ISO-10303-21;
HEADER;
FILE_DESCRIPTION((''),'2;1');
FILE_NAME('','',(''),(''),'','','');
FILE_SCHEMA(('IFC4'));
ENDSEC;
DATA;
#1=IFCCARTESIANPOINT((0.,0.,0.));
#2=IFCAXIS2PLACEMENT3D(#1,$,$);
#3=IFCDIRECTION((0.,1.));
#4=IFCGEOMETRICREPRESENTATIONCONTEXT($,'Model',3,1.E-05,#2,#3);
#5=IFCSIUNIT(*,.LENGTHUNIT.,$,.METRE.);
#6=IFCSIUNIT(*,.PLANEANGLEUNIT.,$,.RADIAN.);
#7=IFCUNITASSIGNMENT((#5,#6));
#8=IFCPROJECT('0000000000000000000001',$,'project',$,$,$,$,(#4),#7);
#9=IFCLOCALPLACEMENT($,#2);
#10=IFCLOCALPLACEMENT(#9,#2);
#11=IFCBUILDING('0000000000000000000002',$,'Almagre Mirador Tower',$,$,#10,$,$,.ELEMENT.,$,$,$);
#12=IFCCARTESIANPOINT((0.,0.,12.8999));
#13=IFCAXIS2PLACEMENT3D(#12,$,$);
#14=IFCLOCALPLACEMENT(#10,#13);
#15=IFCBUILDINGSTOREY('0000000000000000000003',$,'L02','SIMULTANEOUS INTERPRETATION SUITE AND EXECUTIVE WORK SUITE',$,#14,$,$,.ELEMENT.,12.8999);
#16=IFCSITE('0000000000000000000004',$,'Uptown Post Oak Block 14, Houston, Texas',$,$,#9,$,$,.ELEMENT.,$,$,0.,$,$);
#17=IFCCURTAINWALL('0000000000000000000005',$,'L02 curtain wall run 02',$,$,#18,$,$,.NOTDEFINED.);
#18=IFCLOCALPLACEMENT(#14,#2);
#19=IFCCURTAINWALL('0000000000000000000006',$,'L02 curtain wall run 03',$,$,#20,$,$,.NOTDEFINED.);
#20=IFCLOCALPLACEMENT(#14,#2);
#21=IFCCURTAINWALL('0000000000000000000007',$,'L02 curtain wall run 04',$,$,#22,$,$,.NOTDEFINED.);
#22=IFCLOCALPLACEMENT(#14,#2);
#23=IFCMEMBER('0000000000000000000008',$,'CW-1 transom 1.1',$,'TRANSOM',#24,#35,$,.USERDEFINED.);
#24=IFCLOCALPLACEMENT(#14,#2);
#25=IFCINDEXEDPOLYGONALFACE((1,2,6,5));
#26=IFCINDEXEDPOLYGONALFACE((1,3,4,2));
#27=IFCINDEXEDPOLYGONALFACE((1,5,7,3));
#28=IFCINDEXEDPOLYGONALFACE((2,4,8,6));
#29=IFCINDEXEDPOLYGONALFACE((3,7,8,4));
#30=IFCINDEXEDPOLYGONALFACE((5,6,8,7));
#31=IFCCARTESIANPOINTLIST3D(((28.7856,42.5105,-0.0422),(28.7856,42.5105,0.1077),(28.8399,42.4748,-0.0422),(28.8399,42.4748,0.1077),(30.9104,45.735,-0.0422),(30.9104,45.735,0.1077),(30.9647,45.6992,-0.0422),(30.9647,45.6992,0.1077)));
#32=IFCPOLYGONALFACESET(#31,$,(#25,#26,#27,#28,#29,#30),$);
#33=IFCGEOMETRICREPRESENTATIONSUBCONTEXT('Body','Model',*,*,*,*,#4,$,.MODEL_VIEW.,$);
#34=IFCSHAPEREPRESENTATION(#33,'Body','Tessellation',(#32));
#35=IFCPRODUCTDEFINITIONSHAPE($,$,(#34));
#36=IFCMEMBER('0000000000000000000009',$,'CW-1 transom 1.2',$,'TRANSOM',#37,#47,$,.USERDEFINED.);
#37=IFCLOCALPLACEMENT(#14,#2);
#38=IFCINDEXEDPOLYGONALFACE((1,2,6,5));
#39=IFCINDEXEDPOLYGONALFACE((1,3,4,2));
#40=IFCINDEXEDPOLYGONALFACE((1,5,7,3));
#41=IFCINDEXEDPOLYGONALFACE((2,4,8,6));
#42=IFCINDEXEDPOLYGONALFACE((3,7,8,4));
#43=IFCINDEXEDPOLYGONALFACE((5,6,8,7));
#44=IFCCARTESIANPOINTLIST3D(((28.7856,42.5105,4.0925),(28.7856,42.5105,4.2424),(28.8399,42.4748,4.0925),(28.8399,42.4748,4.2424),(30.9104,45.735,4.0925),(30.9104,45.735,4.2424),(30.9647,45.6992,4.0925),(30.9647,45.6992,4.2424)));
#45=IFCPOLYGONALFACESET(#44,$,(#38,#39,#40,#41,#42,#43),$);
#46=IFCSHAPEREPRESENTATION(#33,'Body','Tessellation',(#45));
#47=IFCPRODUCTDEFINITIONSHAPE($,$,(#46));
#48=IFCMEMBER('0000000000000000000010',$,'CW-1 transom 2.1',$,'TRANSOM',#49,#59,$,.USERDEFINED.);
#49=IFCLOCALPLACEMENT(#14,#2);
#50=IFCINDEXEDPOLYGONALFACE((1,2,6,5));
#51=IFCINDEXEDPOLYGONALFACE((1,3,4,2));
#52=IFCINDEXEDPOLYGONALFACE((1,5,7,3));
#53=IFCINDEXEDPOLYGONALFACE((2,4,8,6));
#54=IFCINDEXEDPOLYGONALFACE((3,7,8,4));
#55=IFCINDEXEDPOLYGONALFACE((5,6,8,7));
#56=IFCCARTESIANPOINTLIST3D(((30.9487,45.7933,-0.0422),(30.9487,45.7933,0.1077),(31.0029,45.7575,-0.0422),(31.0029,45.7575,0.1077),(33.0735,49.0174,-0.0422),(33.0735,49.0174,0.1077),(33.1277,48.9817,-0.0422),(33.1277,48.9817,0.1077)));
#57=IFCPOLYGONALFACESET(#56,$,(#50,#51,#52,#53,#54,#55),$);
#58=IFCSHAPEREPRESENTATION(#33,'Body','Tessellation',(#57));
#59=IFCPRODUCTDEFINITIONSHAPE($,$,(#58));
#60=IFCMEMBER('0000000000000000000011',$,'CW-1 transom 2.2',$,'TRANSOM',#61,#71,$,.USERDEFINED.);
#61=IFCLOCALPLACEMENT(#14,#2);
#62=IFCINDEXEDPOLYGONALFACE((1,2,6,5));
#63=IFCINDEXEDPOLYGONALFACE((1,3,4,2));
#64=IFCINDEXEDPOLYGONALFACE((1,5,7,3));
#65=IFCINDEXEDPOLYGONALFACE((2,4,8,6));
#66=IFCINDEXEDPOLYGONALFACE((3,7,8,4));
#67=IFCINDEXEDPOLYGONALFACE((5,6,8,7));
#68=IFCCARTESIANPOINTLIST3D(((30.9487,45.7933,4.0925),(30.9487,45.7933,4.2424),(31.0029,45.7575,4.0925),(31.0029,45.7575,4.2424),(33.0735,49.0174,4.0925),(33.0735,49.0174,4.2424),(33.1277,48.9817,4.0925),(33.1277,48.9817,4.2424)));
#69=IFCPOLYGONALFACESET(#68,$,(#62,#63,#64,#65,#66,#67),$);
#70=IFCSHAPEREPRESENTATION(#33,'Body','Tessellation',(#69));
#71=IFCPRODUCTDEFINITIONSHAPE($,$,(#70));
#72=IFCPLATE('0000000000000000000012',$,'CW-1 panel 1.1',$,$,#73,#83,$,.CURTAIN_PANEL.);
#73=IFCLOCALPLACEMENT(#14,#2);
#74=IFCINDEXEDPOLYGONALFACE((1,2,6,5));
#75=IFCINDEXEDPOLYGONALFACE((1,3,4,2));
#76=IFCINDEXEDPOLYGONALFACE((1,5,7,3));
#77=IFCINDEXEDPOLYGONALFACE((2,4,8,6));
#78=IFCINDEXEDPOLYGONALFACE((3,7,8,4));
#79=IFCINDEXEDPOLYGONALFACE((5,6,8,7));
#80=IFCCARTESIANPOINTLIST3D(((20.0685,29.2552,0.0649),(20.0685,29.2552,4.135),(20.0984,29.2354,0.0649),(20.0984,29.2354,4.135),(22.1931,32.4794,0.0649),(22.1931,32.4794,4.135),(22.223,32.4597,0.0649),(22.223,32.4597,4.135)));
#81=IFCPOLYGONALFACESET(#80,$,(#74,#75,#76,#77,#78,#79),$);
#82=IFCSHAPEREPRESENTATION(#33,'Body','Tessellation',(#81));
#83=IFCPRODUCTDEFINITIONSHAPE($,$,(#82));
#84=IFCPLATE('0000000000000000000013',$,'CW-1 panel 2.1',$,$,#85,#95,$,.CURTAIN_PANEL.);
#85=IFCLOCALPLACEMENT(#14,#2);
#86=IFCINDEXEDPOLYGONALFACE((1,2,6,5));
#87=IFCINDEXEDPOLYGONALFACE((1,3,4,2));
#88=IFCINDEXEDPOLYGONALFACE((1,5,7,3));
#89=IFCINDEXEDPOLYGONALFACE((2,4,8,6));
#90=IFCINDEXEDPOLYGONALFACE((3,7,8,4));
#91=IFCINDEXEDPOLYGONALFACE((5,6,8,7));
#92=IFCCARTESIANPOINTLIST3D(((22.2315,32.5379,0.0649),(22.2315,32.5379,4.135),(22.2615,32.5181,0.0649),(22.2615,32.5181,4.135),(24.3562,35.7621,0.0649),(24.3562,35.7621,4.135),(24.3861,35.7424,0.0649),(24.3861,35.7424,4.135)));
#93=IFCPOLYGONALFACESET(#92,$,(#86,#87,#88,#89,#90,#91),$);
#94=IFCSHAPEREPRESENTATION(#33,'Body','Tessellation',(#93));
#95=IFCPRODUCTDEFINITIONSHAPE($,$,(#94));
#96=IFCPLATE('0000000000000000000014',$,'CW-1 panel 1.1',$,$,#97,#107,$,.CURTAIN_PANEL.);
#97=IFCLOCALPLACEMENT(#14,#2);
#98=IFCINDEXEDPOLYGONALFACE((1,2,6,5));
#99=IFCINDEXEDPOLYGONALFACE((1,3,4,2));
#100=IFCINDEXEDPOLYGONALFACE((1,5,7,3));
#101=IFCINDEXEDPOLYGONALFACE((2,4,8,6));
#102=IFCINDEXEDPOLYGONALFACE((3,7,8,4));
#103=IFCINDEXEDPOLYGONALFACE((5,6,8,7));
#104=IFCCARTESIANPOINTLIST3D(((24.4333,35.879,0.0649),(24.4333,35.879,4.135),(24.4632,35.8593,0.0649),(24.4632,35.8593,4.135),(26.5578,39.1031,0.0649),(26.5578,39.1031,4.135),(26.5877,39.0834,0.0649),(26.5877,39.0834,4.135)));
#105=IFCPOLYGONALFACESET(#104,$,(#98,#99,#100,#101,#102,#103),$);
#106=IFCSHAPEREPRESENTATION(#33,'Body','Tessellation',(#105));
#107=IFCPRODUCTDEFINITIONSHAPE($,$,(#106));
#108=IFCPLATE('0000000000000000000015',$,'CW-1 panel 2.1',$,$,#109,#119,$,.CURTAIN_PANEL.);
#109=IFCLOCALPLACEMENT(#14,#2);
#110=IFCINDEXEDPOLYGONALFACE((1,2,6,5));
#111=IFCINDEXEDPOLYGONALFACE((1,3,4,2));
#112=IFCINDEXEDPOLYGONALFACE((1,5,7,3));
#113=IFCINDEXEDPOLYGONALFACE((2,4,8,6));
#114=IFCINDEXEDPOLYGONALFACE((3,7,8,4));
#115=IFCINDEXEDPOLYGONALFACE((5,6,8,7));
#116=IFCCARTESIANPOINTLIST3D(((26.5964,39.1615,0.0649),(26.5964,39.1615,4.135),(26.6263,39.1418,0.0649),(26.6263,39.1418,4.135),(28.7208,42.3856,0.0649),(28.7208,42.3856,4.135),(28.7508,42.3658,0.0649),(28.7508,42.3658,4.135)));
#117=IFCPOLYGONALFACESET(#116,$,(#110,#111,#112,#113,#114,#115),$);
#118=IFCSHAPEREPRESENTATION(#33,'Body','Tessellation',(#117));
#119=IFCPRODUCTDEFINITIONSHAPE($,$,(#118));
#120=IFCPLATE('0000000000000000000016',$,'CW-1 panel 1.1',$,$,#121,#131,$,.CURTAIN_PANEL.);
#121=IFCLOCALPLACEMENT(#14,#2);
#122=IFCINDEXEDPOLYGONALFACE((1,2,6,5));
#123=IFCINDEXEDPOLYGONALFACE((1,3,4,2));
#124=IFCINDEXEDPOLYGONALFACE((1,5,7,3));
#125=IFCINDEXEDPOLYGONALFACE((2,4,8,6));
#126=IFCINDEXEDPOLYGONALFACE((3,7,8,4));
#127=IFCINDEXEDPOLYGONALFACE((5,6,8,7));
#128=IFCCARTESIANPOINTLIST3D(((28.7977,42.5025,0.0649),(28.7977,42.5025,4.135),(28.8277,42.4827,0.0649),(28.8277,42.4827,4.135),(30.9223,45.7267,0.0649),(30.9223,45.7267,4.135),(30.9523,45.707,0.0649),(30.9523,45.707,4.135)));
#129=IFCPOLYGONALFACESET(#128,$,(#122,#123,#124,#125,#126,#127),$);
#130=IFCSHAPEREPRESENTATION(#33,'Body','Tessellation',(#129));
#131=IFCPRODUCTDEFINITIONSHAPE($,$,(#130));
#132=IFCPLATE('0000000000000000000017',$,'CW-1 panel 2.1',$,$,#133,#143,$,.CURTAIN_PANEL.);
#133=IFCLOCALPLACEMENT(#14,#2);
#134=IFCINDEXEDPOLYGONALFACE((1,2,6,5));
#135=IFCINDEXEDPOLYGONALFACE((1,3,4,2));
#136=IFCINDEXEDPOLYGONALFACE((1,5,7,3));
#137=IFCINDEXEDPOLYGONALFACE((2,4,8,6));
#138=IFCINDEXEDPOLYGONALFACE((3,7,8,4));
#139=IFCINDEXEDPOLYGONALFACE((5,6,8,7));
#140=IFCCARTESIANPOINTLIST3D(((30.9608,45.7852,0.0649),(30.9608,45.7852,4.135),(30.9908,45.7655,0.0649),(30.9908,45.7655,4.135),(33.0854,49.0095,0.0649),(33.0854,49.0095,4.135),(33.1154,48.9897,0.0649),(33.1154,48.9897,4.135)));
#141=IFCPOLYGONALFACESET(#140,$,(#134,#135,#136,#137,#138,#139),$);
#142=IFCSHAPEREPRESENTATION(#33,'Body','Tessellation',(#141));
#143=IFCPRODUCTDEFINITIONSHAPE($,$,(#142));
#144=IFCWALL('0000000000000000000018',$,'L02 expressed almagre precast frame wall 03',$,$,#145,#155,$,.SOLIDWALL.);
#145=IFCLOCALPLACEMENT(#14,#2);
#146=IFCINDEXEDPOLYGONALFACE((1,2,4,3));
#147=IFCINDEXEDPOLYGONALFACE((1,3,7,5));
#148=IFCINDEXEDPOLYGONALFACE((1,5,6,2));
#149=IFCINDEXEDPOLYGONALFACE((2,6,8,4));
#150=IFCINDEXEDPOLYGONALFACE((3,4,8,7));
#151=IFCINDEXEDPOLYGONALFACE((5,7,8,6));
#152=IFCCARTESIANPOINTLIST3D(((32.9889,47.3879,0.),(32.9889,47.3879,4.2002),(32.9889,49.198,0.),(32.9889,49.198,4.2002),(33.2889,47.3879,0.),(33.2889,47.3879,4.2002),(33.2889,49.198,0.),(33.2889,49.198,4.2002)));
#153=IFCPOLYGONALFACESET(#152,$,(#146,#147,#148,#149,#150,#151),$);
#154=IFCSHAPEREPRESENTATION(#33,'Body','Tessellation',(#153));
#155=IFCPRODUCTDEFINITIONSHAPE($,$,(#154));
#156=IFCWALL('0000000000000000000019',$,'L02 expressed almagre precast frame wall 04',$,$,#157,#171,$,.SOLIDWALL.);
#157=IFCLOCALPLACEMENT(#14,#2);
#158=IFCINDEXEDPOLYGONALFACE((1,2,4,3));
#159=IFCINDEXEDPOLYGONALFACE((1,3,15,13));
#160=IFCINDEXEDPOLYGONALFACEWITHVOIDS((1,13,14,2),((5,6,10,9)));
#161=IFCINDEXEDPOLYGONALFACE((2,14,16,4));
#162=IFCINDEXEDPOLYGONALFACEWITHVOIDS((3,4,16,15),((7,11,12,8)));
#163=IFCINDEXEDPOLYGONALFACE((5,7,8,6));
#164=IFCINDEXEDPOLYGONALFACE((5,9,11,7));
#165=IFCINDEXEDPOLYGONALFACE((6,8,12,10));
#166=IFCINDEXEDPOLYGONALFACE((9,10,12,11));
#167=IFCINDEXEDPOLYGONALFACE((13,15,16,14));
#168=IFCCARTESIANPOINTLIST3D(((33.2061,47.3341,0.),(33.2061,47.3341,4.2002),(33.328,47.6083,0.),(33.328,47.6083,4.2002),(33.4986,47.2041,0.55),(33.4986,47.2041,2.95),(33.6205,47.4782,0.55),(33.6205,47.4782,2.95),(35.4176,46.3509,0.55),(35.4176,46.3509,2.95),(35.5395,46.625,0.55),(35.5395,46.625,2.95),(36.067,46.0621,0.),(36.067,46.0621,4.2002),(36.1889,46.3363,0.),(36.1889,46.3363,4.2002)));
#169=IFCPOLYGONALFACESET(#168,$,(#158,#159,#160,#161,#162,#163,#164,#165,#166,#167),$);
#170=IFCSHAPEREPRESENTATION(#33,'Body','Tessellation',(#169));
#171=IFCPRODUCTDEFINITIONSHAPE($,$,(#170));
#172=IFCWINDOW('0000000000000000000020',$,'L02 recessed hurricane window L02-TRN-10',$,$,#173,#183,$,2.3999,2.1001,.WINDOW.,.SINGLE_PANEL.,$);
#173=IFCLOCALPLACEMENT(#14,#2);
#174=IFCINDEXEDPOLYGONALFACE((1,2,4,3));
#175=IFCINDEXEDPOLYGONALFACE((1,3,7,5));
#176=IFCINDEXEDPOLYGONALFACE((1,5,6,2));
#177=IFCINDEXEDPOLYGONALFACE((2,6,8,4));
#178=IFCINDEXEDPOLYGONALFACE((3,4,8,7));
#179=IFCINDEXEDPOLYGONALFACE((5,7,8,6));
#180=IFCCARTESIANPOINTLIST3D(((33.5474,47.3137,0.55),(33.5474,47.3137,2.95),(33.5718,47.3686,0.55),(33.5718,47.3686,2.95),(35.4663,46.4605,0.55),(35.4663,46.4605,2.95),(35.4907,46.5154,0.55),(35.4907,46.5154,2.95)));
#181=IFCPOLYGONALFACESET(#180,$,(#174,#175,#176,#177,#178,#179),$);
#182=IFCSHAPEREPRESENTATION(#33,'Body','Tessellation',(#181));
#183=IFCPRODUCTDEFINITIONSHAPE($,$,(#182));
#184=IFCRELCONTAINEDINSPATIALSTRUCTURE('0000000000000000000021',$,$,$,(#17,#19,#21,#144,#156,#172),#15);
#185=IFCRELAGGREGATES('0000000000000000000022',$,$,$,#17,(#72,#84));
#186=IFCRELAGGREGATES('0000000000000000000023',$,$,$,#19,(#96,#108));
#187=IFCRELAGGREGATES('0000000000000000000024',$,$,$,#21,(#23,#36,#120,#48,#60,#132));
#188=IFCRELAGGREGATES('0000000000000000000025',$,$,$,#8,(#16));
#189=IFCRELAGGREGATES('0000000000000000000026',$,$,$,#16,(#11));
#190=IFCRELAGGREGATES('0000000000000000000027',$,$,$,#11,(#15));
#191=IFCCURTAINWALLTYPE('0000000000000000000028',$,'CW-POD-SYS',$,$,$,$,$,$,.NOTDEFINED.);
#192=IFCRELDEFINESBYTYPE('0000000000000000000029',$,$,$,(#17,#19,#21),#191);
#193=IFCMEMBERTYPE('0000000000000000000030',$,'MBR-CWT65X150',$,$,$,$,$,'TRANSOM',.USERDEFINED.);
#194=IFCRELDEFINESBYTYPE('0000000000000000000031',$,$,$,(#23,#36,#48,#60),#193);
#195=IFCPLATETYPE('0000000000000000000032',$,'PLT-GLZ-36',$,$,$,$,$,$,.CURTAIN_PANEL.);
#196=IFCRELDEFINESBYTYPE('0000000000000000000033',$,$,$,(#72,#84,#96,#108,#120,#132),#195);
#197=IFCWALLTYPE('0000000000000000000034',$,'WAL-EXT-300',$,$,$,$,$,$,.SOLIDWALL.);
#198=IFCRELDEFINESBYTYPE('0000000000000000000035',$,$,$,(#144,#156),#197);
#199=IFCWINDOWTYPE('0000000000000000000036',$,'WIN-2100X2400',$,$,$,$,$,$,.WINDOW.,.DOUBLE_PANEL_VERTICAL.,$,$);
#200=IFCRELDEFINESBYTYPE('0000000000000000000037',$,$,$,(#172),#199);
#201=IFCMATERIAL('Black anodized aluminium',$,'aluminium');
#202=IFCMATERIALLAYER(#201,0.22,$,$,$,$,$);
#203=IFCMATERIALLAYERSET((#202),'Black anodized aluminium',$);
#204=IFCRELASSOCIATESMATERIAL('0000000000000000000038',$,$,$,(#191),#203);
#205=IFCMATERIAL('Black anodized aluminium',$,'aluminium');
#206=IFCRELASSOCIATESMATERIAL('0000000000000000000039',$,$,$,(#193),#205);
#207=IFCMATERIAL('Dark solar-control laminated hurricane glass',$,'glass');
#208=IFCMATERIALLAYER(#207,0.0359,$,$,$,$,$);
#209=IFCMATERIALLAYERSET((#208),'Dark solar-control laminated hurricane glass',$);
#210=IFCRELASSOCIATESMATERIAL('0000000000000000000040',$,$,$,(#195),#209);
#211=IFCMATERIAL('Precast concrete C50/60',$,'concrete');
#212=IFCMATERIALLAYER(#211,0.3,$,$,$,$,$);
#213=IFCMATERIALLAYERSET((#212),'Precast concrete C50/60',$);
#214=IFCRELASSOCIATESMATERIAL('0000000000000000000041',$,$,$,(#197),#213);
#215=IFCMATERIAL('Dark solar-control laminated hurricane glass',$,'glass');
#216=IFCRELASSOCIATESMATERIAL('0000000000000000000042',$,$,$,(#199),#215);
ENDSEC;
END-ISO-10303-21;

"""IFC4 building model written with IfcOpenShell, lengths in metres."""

from ifc_helpers import new_model, si_unit, direction, frame, frame_2d, origin, origin_2d, place, context, subcontext, project, spatial, rectangle, extrude, material, layer, layer_set, material_profile, profile_set, type_object, element, fill, aggregate, save


model = new_model("IFC4")

# Units and contexts
model_context = context("Model", 3, precision=1e-05, world=origin(), true_north=direction((0.0, 1.0)))
body_context = subcontext(model_context, "Body", "Model", "MODEL_VIEW")
ifc_project = project(units=[si_unit("LENGTHUNIT", "METRE"), si_unit("PLANEANGLEUNIT", "RADIAN")], contexts=[model_context])

# Site, building, storey
site_placement = place(None, origin())
site = spatial("IfcSite", under=ifc_project, at=site_placement, Name="Uptown Post Oak Block 14, Houston, Texas", CompositionType="ELEMENT", RefElevation=0.0)
building_placement = place(site_placement, origin())
building = spatial("IfcBuilding", under=site, at=building_placement, Name="Almagre Mirador Tower", CompositionType="ELEMENT")
storey_placement = place(building_placement, frame((0.0, 0.0, 12.8999)))
storey = spatial("IfcBuildingStorey", under=building, at=storey_placement, Name="L02", Description="SIMULTANEOUS INTERPRETATION SUITE AND EXECUTIVE WORK SUITE", CompositionType="ELEMENT", Elevation=12.8999)

# Curtain walls
ifc_material_1 = material(Name="Black anodized aluminium", Category="aluminium")
ifc_layer_1 = layer(ifc_material_1, 0.22)
ifc_layer_set_1 = layer_set([ifc_layer_1], Name="Black anodized aluminium")
curtain_wall_type = type_object("IfcCurtainWallType", Name="CW-POD-SYS", PredefinedType="NOTDEFINED", material=ifc_layer_set_1)
curtain_wall_1_placement = place(storey_placement, origin())
curtain_wall_1 = element("IfcCurtainWall", 1, at=curtain_wall_1_placement, inside=storey, type_object=curtain_wall_type, Name="L02 curtain wall run 02", PredefinedType="NOTDEFINED")
curtain_wall_2_placement = place(storey_placement, origin())
curtain_wall_2 = element("IfcCurtainWall", 2, at=curtain_wall_2_placement, inside=storey, type_object=curtain_wall_type, Name="L02 curtain wall run 03", PredefinedType="NOTDEFINED")
curtain_wall_3_placement = place(storey_placement, origin())
curtain_wall_3 = element("IfcCurtainWall", 3, at=curtain_wall_3_placement, inside=storey, type_object=curtain_wall_type, Name="L02 curtain wall run 04", PredefinedType="NOTDEFINED")

# Members
ifc_material_2 = material(Name="Black anodized aluminium", Category="aluminium")
ifc_material_profile_1 = material_profile(ifc_material_2, rectangle(XDim=0.0649, YDim=0.1499, at=origin_2d()), Name="CWT65X150")
ifc_profile_set_1 = profile_set([ifc_material_profile_1], Name="Black anodized aluminium")
member_type_1 = type_object("IfcMemberType", Name="MBR-CWT65X150", ElementType="TRANSOM", PredefinedType="USERDEFINED", material=ifc_profile_set_1)
member_1_placement = place(storey_placement, frame((28.8127, 42.4927, 0.0327), z_axis=(0.550242, 0.835005, 0.0), x_axis=(-0.835005, 0.550242, 0.0)))
member_1 = element("IfcMember", 4, at=member_1_placement, type_object=member_type_1, Name="CW-1 transom 1.1", ObjectType="TRANSOM", PredefinedType="USERDEFINED", context=body_context, shape_type="SweptSolid", body=[
    extrude(rectangle(XDim=0.0649, YDim=0.1499, at=origin_2d()), origin(), (0.0, 0.0, 1.0), 3.8616),
])
member_2_placement = place(storey_placement, frame((28.8127, 42.4927, 4.1675), z_axis=(0.550242, 0.835005, 0.0), x_axis=(-0.835005, 0.550242, 0.0)))
member_2 = element("IfcMember", 5, at=member_2_placement, type_object=member_type_1, Name="CW-1 transom 1.2", ObjectType="TRANSOM", PredefinedType="USERDEFINED", context=body_context, shape_type="SweptSolid", body=[
    extrude(rectangle(XDim=0.0649, YDim=0.1499, at=origin_2d()), origin(), (0.0, 0.0, 1.0), 3.8616),
])
member_3_placement = place(storey_placement, frame((30.9758, 45.7754, 0.0327), z_axis=(0.550271, 0.834986, 0.0), x_axis=(-0.834986, 0.550271, 0.0)))
member_3 = element("IfcMember", 6, at=member_3_placement, type_object=member_type_1, Name="CW-1 transom 2.1", ObjectType="TRANSOM", PredefinedType="USERDEFINED", context=body_context, shape_type="SweptSolid", body=[
    extrude(rectangle(XDim=0.0649, YDim=0.1499, at=origin_2d()), origin(), (0.0, 0.0, 1.0), 3.8613),
])
member_4_placement = place(storey_placement, frame((30.9758, 45.7754, 4.1675), z_axis=(0.550271, 0.834986, 0.0), x_axis=(-0.834986, 0.550271, 0.0)))
member_4 = element("IfcMember", 7, at=member_4_placement, type_object=member_type_1, Name="CW-1 transom 2.2", ObjectType="TRANSOM", PredefinedType="USERDEFINED", context=body_context, shape_type="SweptSolid", body=[
    extrude(rectangle(XDim=0.0649, YDim=0.1499, at=origin_2d()), origin(), (0.0, 0.0, 1.0), 3.8613),
])

# Plates
ifc_material_3 = material(Name="Dark solar-control laminated hurricane glass", Category="glass")
ifc_layer_2 = layer(ifc_material_3, 0.0359)
ifc_layer_set_2 = layer_set([ifc_layer_2], Name="Dark solar-control laminated hurricane glass")
plate_type = type_object("IfcPlateType", Name="PLT-GLZ-36", PredefinedType="CURTAIN_PANEL", material=ifc_layer_set_2)
plate_1_placement = place(storey_placement, frame((21.1458, 30.8574, 0.0649), z_axis=(0.0, 0.0, 1.0), x_axis=(0.550232, 0.835012, 0.0)))
plate_1 = element("IfcPlate", 8, at=plate_1_placement, type_object=plate_type, Name="CW-1 panel 1.1", PredefinedType="CURTAIN_PANEL", context=body_context, shape_type="SweptSolid", body=[
    extrude(rectangle(XDim=3.8613, YDim=0.0359, at=origin_2d()), origin(), (0.0, 0.0, 1.0), 4.0701),
])
plate_2_placement = place(storey_placement, frame((23.3088, 34.1401, 0.0649), z_axis=(0.0, 0.0, 1.0), x_axis=(0.550232, 0.835012, 0.0)))
plate_2 = element("IfcPlate", 9, at=plate_2_placement, type_object=plate_type, Name="CW-1 panel 2.1", PredefinedType="CURTAIN_PANEL", context=body_context, shape_type="SweptSolid", body=[
    extrude(rectangle(XDim=3.8613, YDim=0.0359, at=origin_2d()), origin(), (0.0, 0.0, 1.0), 4.0701),
])
aggregate(curtain_wall_1, [plate_1, plate_2])
plate_3_placement = place(storey_placement, frame((25.5105, 37.4812, 0.0649), z_axis=(0.0, 0.0, 1.0), x_axis=(0.550229, 0.835013, 0.0)))
plate_3 = element("IfcPlate", 10, at=plate_3_placement, type_object=plate_type, Name="CW-1 panel 1.1", PredefinedType="CURTAIN_PANEL", context=body_context, shape_type="SweptSolid", body=[
    extrude(rectangle(XDim=3.8611, YDim=0.0359, at=origin_2d()), origin(), (0.0, 0.0, 1.0), 4.0701),
])
plate_4_placement = place(storey_placement, frame((27.6736, 40.7637, 0.0649), z_axis=(0.0, 0.0, 1.0), x_axis=(0.550229, 0.835013, 0.0)))
plate_4 = element("IfcPlate", 11, at=plate_4_placement, type_object=plate_type, Name="CW-1 panel 2.1", PredefinedType="CURTAIN_PANEL", context=body_context, shape_type="SweptSolid", body=[
    extrude(rectangle(XDim=3.8611, YDim=0.0359, at=origin_2d()), origin(), (0.0, 0.0, 1.0), 4.0701),
])
aggregate(curtain_wall_2, [plate_3, plate_4])
plate_5_placement = place(storey_placement, frame((29.875, 44.1047, 0.0649), z_axis=(0.0, 0.0, 1.0), x_axis=(0.550232, 0.835012, 0.0)))
plate_5 = element("IfcPlate", 12, at=plate_5_placement, type_object=plate_type, Name="CW-1 panel 1.1", PredefinedType="CURTAIN_PANEL", context=body_context, shape_type="SweptSolid", body=[
    extrude(rectangle(XDim=3.8613, YDim=0.0359, at=origin_2d()), origin(), (0.0, 0.0, 1.0), 4.0701),
])
plate_6_placement = place(storey_placement, frame((32.0381, 47.3875, 0.0649), z_axis=(0.0, 0.0, 1.0), x_axis=(0.550232, 0.835012, 0.0)))
plate_6 = element("IfcPlate", 13, at=plate_6_placement, type_object=plate_type, Name="CW-1 panel 2.1", PredefinedType="CURTAIN_PANEL", context=body_context, shape_type="SweptSolid", body=[
    extrude(rectangle(XDim=3.8613, YDim=0.0359, at=origin_2d()), origin(), (0.0, 0.0, 1.0), 4.0701),
])
aggregate(curtain_wall_3, [member_1, member_2, plate_5, member_3, member_4, plate_6])

# Wall
ifc_material_4 = material(Name="Precast concrete C50/60", Category="concrete")
ifc_layer_3 = layer(ifc_material_4, 0.3)
ifc_layer_set_3 = layer_set([ifc_layer_3], Name="Precast concrete C50/60")
wall_type_1 = type_object("IfcWallType", Name="WAL-EXT-300", PredefinedType="SOLIDWALL", material=ifc_layer_set_3)
wall_1_placement = place(storey_placement, frame((33.1389, 49.198, 0.0), z_axis=(0.0, 0.0, 1.0), x_axis=(0.0, -1.0, 0.0)))
element("IfcWall", 14, at=wall_1_placement, inside=storey, type_object=wall_type_1, Name="L02 expressed almagre precast frame wall 03", PredefinedType="SOLIDWALL", context=body_context, shape_type="SweptSolid", body=[
    extrude(rectangle(XDim=1.8101, YDim=0.3, at=frame_2d((0.905, 0.0))), origin(), (0.0, 0.0, 1.0), 4.2002),
])

# Wall, opening, window
wall_2_placement = place(storey_placement, frame((33.2671, 47.4712, 0.0), z_axis=(0.0, 0.0, 1.0), x_axis=(0.913754, -0.406269, 0.0)))
wall_2 = element("IfcWall", 15, at=wall_2_placement, inside=storey, type_object=wall_type_1, Name="L02 expressed almagre precast frame wall 04", PredefinedType="SOLIDWALL", context=body_context, shape_type="SweptSolid", body=[
    extrude(rectangle(XDim=3.1309, YDim=0.3, at=frame_2d((1.5654, 0.0))), origin(), (0.0, 0.0, 1.0), 4.2002),
])
opening_1_placement = place(wall_2_placement, frame((0.3201, 0.0, 0.55)))
opening_1 = element("IfcOpeningElement", 16, at=opening_1_placement, cuts=wall_2, PredefinedType="OPENING", context=body_context, shape_type="SweptSolid", body=[
    extrude(rectangle(XDim=2.1001, YDim=2.3999, at=frame_2d((1.05, 1.2))), frame((0.0, 0.1599, 0.0), z_axis=(0.0, -1.0, 0.0), x_axis=(1.0, 0.0, 0.0)), (0.0, 0.0, 1.0), 0.32),
])
ifc_material_5 = material(Name="Dark solar-control laminated hurricane glass", Category="glass")
window_type = type_object("IfcWindowType", Name="WIN-2100X2400", PartitioningType="DOUBLE_PANEL_VERTICAL", PredefinedType="WINDOW", material=ifc_material_5)
window_placement = place(opening_1_placement, origin())
window = element("IfcWindow", 17, at=window_placement, inside=storey, type_object=window_type, Name="L02 recessed hurricane window L02-TRN-10", OverallHeight=2.3999, OverallWidth=2.1001, PartitioningType="SINGLE_PANEL", PredefinedType="WINDOW", context=body_context, shape_type="SweptSolid", body=[
    extrude(rectangle(XDim=2.1001, YDim=2.3999, at=frame_2d((1.05, 1.2))), frame((0.0, 0.03, 0.0), z_axis=(0.0, -1.0, 0.0), x_axis=(1.0, 0.0, 0.0)), (0.0, 0.0, 1.0), 0.0601),
])
fill(opening_1, window)

save(model, "model.ifc")
